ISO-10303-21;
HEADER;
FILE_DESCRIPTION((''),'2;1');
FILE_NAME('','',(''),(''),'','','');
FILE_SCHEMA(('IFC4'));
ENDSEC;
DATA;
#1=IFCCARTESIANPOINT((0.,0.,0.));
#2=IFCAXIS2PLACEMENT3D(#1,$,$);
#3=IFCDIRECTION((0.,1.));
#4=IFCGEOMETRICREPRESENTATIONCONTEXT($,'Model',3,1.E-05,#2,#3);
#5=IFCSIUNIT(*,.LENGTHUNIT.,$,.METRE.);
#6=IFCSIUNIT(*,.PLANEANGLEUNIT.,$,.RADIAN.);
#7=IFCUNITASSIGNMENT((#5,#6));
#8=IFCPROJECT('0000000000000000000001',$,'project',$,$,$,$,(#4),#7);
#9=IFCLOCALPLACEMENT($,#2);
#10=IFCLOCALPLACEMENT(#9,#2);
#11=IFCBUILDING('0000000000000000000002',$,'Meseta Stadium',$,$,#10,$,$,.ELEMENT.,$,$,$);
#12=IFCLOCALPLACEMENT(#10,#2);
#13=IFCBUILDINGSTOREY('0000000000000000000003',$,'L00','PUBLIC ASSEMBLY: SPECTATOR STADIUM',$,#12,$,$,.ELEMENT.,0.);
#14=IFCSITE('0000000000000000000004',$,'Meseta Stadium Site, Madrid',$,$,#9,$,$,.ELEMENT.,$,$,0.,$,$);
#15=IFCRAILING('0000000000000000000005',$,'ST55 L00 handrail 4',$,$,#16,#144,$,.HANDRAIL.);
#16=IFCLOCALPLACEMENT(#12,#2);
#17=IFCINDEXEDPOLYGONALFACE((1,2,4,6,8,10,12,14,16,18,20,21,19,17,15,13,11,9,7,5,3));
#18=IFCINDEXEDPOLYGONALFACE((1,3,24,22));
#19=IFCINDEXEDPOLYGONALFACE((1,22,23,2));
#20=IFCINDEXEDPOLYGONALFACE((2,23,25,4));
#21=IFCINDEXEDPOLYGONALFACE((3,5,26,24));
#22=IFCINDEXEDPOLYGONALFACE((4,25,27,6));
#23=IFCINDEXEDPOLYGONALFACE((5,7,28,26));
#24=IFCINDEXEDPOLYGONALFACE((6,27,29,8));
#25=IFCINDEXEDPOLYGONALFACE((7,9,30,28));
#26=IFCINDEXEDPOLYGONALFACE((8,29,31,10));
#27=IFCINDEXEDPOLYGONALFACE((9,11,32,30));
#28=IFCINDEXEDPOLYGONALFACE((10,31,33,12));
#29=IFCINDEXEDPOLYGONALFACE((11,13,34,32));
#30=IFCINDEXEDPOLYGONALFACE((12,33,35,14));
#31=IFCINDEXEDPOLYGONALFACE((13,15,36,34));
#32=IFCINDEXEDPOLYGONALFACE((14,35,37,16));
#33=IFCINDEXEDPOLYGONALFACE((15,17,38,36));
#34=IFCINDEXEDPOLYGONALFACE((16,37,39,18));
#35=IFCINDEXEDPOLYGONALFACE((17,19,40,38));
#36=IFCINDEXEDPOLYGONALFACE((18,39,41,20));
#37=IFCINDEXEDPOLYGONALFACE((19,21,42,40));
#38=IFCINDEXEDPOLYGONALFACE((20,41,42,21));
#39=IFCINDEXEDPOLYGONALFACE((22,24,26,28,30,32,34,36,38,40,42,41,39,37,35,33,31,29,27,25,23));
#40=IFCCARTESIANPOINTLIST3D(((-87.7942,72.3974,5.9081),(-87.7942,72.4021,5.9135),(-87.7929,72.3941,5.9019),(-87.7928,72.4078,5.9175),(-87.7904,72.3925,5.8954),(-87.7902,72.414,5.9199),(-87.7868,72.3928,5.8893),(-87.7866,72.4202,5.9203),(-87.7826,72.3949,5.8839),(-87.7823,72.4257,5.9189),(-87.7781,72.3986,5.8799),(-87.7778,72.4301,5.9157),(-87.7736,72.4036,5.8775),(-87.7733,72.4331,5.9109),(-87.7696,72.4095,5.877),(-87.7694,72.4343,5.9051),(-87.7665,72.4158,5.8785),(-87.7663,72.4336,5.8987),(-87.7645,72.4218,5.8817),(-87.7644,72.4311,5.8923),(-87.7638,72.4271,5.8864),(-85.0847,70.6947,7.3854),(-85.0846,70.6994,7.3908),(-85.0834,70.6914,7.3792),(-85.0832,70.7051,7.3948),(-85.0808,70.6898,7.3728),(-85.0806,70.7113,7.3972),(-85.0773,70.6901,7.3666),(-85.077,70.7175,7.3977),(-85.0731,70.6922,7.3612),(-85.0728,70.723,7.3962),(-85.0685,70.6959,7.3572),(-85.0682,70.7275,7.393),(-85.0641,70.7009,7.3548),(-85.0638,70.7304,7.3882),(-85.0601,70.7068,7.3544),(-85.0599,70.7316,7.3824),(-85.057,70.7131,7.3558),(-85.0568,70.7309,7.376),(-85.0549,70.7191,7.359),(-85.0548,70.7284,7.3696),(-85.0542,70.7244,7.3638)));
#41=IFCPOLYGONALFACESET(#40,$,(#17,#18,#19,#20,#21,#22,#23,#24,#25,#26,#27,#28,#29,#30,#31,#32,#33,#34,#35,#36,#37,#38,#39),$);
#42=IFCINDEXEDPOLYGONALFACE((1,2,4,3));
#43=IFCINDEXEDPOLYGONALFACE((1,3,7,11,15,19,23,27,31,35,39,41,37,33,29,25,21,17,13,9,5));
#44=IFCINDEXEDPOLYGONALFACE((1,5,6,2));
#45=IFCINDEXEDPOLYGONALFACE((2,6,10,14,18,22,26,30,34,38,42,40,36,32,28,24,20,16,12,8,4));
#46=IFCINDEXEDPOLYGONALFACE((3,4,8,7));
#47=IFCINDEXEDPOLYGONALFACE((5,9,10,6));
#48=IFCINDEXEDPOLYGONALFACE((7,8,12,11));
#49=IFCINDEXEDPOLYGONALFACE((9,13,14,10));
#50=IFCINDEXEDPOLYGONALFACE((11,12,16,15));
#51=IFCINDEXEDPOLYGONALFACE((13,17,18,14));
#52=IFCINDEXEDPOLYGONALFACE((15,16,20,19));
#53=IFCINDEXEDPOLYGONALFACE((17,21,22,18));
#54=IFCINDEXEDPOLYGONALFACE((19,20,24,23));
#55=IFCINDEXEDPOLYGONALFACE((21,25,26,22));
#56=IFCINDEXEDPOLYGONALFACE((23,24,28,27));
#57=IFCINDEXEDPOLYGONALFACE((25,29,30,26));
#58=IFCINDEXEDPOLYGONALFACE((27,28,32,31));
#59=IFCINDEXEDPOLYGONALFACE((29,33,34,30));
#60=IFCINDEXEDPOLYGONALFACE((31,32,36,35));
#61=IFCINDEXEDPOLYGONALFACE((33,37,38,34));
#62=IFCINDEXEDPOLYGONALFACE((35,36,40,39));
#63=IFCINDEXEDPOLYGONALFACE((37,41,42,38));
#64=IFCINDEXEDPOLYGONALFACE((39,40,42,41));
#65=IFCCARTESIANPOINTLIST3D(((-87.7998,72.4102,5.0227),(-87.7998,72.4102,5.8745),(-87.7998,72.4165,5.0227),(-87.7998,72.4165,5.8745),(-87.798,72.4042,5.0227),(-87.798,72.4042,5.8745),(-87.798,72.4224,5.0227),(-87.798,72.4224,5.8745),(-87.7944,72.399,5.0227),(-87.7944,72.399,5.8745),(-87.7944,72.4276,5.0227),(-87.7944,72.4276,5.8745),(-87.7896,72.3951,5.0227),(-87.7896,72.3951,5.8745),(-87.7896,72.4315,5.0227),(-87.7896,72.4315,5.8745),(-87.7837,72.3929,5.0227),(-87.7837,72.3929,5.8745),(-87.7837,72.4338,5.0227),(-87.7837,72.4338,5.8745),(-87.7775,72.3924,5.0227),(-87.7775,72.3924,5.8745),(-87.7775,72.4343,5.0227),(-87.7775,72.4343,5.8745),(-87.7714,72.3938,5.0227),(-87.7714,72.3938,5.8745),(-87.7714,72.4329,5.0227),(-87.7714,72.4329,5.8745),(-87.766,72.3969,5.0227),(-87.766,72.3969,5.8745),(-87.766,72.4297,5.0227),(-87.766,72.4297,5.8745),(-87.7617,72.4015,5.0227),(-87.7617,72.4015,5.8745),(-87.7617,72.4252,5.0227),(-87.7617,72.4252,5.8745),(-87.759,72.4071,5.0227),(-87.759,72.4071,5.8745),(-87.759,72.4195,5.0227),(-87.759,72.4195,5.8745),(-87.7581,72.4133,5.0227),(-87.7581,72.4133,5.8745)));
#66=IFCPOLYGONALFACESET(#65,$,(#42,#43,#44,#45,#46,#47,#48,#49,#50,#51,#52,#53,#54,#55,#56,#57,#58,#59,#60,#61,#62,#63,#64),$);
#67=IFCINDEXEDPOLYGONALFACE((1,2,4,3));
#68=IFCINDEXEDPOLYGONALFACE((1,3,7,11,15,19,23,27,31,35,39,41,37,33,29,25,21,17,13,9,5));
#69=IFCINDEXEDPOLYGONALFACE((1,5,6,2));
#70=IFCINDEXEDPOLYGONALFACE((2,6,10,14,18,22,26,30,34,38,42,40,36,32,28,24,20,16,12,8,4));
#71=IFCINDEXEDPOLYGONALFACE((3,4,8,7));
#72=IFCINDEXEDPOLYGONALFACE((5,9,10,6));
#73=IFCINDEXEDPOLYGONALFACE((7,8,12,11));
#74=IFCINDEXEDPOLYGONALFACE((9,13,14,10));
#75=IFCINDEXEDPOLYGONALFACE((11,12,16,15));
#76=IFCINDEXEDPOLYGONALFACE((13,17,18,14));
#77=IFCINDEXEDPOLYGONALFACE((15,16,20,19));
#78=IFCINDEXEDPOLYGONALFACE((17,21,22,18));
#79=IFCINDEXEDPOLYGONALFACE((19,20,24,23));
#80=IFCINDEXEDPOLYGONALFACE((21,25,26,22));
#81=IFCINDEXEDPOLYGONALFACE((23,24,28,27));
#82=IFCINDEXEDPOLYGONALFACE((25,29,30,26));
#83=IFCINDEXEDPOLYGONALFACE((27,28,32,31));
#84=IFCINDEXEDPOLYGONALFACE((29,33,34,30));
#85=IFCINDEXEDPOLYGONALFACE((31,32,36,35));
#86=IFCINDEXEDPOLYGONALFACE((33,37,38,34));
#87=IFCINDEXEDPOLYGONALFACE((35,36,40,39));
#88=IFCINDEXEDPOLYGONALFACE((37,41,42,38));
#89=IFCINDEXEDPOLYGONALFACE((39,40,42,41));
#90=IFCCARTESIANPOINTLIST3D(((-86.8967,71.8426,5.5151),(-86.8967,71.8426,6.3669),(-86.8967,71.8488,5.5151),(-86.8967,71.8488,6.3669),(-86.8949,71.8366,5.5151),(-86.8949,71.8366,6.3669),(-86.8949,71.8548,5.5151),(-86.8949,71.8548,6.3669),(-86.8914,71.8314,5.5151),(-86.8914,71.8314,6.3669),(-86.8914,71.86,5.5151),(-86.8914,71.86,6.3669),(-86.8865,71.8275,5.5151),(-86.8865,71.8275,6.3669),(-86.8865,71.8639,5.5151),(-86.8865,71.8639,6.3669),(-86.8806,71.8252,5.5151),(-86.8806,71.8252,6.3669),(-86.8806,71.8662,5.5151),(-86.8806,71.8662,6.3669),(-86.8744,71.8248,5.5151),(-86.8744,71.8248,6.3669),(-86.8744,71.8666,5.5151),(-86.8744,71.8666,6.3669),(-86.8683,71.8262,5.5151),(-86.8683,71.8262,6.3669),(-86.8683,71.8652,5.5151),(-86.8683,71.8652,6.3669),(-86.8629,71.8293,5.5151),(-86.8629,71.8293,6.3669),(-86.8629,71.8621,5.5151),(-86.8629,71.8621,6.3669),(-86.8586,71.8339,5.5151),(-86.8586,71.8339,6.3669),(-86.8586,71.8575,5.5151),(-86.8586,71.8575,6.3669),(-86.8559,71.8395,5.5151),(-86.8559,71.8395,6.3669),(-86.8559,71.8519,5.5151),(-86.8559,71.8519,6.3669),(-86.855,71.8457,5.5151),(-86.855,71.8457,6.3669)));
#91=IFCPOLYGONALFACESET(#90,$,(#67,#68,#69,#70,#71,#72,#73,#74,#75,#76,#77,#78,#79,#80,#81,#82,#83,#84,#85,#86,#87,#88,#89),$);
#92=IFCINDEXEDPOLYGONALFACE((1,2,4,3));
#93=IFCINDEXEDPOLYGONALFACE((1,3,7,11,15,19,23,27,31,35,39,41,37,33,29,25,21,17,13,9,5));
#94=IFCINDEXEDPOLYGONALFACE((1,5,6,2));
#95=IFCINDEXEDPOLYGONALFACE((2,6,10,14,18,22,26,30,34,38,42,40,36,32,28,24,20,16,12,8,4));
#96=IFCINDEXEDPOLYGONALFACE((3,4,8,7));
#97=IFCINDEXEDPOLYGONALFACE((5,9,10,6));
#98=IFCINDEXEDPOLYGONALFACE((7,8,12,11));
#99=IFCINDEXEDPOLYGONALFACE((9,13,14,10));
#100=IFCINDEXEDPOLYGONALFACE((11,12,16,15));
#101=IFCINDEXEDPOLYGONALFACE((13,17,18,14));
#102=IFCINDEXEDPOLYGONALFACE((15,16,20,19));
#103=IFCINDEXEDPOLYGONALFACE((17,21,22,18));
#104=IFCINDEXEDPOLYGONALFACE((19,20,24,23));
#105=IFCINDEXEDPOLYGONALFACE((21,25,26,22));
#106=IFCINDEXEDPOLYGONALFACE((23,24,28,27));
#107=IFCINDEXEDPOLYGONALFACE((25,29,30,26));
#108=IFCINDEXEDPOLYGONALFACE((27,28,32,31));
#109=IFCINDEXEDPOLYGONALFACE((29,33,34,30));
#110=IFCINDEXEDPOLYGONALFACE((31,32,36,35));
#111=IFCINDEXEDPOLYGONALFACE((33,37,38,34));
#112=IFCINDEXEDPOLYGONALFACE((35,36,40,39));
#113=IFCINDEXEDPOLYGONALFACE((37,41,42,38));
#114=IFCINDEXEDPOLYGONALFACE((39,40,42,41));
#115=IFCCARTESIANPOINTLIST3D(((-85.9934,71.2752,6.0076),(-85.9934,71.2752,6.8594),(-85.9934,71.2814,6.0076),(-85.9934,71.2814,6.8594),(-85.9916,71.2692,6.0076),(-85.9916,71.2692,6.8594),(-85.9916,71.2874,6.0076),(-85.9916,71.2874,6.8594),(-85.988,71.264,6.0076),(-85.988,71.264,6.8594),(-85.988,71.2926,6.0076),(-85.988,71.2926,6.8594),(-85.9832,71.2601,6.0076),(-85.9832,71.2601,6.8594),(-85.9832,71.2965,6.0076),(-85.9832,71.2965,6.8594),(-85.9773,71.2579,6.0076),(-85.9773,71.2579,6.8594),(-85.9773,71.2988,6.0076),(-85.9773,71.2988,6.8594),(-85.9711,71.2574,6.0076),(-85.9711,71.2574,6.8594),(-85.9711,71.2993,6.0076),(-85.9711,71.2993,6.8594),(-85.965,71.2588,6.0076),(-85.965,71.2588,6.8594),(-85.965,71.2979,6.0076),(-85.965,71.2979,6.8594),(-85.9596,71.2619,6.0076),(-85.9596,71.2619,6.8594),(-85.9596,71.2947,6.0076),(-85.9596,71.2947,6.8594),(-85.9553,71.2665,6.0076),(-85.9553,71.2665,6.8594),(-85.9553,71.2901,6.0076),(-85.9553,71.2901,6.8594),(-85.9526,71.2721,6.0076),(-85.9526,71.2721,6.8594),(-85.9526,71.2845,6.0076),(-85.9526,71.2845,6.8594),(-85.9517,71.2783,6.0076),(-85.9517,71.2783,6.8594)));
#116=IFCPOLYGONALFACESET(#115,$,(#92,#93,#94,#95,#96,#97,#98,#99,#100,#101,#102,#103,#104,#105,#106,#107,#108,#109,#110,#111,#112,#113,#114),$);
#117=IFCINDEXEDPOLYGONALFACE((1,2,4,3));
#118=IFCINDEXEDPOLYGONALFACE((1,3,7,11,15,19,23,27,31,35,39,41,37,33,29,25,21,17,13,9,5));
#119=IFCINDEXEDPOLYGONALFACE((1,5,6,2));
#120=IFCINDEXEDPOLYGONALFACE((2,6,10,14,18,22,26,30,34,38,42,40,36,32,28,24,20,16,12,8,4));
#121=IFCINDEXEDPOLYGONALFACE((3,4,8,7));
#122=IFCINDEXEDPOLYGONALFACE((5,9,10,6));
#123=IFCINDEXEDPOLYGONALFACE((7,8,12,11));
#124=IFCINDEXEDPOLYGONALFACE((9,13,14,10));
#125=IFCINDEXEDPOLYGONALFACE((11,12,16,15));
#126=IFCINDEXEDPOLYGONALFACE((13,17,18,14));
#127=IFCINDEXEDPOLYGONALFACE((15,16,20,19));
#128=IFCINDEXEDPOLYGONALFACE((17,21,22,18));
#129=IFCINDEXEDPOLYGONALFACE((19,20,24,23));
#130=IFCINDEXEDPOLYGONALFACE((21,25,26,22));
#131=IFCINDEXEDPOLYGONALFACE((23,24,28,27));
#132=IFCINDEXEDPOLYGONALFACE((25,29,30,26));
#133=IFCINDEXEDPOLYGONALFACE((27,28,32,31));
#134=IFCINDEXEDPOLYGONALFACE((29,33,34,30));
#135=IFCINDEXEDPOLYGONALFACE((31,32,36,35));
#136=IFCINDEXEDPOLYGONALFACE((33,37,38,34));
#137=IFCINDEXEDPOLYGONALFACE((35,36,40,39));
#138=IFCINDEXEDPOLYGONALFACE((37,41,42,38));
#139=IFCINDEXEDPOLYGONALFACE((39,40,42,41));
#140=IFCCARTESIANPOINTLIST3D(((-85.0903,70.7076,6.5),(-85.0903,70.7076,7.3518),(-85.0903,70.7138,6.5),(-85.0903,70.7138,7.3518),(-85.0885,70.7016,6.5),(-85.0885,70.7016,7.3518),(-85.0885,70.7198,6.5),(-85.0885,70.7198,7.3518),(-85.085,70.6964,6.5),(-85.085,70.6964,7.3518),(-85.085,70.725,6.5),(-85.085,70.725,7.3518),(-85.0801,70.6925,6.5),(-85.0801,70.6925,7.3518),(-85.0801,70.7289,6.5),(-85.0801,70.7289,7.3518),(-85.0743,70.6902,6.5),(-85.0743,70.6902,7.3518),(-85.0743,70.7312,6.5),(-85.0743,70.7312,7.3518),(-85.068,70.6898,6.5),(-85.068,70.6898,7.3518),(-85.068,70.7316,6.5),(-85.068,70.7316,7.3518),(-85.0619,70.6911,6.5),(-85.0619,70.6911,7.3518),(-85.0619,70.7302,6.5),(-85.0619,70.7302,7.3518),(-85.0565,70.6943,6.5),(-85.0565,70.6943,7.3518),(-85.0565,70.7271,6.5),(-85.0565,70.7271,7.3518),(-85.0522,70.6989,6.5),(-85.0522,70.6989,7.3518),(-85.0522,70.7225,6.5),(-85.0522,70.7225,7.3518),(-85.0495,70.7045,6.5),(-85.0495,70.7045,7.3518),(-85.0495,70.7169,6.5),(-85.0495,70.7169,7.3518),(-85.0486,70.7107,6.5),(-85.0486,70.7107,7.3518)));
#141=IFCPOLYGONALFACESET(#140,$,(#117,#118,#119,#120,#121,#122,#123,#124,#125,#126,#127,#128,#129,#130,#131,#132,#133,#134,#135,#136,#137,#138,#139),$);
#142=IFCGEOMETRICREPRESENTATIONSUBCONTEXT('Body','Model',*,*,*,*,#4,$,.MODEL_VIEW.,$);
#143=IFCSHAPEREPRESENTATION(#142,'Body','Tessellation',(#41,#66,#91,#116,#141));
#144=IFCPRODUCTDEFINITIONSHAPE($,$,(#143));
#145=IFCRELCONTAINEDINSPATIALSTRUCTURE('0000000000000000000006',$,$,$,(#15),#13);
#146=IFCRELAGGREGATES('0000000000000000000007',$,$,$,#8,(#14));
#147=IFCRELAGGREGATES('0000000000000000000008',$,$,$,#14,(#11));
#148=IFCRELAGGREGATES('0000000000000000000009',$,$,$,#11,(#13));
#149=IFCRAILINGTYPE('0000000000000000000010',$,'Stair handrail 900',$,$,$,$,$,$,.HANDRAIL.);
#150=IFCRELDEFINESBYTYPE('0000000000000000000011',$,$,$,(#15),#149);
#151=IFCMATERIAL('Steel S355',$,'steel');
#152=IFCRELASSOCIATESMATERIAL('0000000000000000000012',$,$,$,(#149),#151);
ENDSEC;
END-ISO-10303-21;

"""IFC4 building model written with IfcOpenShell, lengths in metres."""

from ifc_helpers import new_model, si_unit, direction, frame, origin, origin_2d, place, context, subcontext, project, spatial, circle, extrude, material, type_object, element, save


model = new_model("IFC4")

# Units and contexts
model_context = context("Model", 3, precision=1e-05, world=origin(), true_north=direction((0.0, 1.0)))
body_context = subcontext(model_context, "Body", "Model", "MODEL_VIEW")
ifc_project = project(units=[si_unit("LENGTHUNIT", "METRE"), si_unit("PLANEANGLEUNIT", "RADIAN")], contexts=[model_context])

# Site, building, storey
site_placement = place(None, origin())
site = spatial("IfcSite", under=ifc_project, at=site_placement, Name="Meseta Stadium Site, Madrid", CompositionType="ELEMENT", RefElevation=0.0)
building_placement = place(site_placement, origin())
building = spatial("IfcBuilding", under=site, at=building_placement, Name="Meseta Stadium", CompositionType="ELEMENT")
storey_placement = place(building_placement, origin())
storey = spatial("IfcBuildingStorey", under=building, at=storey_placement, Name="L00", Description="PUBLIC ASSEMBLY: SPECTATOR STADIUM", CompositionType="ELEMENT", Elevation=0.0)

# Railing
ifc_material_1 = material(Name="Steel S355", Category="steel")
railing_type_1 = type_object("IfcRailingType", Name="Stair handrail 900", PredefinedType="HANDRAIL", material=ifc_material_1)
for number, where, name in (
    (1, (-87.7791, 72.4133, 5.0227), "ST55 L00 handrail 4"),
):
    element("IfcRailing", number, at=place(storey_placement, frame(where)), inside=storey, type_object=railing_type_1, Name=name, PredefinedType="HANDRAIL", context=body_context, shape_type="SweptSolid", body=[
        extrude(circle(Radius=0.0239, at=origin_2d()), frame((0.0, 0.0, 0.876), z_axis=(0.768738, -0.483076, 0.419142), x_axis=(0.532068, 0.846701, 0.0)), (0.0, 0.0, 1.0), 3.5247),
        extrude(circle(Radius=0.021, at=origin_2d()), origin(), (0.0, 0.0, 1.0), 0.8518),
        extrude(circle(Radius=0.021, at=origin_2d()), frame((0.9031, -0.5676, 0.4924)), (0.0, 0.0, 1.0), 0.8518),
        extrude(circle(Radius=0.021, at=origin_2d()), frame((1.8064, -1.135, 0.9849)), (0.0, 0.0, 1.0), 0.8518),
        extrude(circle(Radius=0.021, at=origin_2d()), frame((2.7095, -1.7026, 1.4773)), (0.0, 0.0, 1.0), 0.8518),
    ])

save(model, "model.ifc")
